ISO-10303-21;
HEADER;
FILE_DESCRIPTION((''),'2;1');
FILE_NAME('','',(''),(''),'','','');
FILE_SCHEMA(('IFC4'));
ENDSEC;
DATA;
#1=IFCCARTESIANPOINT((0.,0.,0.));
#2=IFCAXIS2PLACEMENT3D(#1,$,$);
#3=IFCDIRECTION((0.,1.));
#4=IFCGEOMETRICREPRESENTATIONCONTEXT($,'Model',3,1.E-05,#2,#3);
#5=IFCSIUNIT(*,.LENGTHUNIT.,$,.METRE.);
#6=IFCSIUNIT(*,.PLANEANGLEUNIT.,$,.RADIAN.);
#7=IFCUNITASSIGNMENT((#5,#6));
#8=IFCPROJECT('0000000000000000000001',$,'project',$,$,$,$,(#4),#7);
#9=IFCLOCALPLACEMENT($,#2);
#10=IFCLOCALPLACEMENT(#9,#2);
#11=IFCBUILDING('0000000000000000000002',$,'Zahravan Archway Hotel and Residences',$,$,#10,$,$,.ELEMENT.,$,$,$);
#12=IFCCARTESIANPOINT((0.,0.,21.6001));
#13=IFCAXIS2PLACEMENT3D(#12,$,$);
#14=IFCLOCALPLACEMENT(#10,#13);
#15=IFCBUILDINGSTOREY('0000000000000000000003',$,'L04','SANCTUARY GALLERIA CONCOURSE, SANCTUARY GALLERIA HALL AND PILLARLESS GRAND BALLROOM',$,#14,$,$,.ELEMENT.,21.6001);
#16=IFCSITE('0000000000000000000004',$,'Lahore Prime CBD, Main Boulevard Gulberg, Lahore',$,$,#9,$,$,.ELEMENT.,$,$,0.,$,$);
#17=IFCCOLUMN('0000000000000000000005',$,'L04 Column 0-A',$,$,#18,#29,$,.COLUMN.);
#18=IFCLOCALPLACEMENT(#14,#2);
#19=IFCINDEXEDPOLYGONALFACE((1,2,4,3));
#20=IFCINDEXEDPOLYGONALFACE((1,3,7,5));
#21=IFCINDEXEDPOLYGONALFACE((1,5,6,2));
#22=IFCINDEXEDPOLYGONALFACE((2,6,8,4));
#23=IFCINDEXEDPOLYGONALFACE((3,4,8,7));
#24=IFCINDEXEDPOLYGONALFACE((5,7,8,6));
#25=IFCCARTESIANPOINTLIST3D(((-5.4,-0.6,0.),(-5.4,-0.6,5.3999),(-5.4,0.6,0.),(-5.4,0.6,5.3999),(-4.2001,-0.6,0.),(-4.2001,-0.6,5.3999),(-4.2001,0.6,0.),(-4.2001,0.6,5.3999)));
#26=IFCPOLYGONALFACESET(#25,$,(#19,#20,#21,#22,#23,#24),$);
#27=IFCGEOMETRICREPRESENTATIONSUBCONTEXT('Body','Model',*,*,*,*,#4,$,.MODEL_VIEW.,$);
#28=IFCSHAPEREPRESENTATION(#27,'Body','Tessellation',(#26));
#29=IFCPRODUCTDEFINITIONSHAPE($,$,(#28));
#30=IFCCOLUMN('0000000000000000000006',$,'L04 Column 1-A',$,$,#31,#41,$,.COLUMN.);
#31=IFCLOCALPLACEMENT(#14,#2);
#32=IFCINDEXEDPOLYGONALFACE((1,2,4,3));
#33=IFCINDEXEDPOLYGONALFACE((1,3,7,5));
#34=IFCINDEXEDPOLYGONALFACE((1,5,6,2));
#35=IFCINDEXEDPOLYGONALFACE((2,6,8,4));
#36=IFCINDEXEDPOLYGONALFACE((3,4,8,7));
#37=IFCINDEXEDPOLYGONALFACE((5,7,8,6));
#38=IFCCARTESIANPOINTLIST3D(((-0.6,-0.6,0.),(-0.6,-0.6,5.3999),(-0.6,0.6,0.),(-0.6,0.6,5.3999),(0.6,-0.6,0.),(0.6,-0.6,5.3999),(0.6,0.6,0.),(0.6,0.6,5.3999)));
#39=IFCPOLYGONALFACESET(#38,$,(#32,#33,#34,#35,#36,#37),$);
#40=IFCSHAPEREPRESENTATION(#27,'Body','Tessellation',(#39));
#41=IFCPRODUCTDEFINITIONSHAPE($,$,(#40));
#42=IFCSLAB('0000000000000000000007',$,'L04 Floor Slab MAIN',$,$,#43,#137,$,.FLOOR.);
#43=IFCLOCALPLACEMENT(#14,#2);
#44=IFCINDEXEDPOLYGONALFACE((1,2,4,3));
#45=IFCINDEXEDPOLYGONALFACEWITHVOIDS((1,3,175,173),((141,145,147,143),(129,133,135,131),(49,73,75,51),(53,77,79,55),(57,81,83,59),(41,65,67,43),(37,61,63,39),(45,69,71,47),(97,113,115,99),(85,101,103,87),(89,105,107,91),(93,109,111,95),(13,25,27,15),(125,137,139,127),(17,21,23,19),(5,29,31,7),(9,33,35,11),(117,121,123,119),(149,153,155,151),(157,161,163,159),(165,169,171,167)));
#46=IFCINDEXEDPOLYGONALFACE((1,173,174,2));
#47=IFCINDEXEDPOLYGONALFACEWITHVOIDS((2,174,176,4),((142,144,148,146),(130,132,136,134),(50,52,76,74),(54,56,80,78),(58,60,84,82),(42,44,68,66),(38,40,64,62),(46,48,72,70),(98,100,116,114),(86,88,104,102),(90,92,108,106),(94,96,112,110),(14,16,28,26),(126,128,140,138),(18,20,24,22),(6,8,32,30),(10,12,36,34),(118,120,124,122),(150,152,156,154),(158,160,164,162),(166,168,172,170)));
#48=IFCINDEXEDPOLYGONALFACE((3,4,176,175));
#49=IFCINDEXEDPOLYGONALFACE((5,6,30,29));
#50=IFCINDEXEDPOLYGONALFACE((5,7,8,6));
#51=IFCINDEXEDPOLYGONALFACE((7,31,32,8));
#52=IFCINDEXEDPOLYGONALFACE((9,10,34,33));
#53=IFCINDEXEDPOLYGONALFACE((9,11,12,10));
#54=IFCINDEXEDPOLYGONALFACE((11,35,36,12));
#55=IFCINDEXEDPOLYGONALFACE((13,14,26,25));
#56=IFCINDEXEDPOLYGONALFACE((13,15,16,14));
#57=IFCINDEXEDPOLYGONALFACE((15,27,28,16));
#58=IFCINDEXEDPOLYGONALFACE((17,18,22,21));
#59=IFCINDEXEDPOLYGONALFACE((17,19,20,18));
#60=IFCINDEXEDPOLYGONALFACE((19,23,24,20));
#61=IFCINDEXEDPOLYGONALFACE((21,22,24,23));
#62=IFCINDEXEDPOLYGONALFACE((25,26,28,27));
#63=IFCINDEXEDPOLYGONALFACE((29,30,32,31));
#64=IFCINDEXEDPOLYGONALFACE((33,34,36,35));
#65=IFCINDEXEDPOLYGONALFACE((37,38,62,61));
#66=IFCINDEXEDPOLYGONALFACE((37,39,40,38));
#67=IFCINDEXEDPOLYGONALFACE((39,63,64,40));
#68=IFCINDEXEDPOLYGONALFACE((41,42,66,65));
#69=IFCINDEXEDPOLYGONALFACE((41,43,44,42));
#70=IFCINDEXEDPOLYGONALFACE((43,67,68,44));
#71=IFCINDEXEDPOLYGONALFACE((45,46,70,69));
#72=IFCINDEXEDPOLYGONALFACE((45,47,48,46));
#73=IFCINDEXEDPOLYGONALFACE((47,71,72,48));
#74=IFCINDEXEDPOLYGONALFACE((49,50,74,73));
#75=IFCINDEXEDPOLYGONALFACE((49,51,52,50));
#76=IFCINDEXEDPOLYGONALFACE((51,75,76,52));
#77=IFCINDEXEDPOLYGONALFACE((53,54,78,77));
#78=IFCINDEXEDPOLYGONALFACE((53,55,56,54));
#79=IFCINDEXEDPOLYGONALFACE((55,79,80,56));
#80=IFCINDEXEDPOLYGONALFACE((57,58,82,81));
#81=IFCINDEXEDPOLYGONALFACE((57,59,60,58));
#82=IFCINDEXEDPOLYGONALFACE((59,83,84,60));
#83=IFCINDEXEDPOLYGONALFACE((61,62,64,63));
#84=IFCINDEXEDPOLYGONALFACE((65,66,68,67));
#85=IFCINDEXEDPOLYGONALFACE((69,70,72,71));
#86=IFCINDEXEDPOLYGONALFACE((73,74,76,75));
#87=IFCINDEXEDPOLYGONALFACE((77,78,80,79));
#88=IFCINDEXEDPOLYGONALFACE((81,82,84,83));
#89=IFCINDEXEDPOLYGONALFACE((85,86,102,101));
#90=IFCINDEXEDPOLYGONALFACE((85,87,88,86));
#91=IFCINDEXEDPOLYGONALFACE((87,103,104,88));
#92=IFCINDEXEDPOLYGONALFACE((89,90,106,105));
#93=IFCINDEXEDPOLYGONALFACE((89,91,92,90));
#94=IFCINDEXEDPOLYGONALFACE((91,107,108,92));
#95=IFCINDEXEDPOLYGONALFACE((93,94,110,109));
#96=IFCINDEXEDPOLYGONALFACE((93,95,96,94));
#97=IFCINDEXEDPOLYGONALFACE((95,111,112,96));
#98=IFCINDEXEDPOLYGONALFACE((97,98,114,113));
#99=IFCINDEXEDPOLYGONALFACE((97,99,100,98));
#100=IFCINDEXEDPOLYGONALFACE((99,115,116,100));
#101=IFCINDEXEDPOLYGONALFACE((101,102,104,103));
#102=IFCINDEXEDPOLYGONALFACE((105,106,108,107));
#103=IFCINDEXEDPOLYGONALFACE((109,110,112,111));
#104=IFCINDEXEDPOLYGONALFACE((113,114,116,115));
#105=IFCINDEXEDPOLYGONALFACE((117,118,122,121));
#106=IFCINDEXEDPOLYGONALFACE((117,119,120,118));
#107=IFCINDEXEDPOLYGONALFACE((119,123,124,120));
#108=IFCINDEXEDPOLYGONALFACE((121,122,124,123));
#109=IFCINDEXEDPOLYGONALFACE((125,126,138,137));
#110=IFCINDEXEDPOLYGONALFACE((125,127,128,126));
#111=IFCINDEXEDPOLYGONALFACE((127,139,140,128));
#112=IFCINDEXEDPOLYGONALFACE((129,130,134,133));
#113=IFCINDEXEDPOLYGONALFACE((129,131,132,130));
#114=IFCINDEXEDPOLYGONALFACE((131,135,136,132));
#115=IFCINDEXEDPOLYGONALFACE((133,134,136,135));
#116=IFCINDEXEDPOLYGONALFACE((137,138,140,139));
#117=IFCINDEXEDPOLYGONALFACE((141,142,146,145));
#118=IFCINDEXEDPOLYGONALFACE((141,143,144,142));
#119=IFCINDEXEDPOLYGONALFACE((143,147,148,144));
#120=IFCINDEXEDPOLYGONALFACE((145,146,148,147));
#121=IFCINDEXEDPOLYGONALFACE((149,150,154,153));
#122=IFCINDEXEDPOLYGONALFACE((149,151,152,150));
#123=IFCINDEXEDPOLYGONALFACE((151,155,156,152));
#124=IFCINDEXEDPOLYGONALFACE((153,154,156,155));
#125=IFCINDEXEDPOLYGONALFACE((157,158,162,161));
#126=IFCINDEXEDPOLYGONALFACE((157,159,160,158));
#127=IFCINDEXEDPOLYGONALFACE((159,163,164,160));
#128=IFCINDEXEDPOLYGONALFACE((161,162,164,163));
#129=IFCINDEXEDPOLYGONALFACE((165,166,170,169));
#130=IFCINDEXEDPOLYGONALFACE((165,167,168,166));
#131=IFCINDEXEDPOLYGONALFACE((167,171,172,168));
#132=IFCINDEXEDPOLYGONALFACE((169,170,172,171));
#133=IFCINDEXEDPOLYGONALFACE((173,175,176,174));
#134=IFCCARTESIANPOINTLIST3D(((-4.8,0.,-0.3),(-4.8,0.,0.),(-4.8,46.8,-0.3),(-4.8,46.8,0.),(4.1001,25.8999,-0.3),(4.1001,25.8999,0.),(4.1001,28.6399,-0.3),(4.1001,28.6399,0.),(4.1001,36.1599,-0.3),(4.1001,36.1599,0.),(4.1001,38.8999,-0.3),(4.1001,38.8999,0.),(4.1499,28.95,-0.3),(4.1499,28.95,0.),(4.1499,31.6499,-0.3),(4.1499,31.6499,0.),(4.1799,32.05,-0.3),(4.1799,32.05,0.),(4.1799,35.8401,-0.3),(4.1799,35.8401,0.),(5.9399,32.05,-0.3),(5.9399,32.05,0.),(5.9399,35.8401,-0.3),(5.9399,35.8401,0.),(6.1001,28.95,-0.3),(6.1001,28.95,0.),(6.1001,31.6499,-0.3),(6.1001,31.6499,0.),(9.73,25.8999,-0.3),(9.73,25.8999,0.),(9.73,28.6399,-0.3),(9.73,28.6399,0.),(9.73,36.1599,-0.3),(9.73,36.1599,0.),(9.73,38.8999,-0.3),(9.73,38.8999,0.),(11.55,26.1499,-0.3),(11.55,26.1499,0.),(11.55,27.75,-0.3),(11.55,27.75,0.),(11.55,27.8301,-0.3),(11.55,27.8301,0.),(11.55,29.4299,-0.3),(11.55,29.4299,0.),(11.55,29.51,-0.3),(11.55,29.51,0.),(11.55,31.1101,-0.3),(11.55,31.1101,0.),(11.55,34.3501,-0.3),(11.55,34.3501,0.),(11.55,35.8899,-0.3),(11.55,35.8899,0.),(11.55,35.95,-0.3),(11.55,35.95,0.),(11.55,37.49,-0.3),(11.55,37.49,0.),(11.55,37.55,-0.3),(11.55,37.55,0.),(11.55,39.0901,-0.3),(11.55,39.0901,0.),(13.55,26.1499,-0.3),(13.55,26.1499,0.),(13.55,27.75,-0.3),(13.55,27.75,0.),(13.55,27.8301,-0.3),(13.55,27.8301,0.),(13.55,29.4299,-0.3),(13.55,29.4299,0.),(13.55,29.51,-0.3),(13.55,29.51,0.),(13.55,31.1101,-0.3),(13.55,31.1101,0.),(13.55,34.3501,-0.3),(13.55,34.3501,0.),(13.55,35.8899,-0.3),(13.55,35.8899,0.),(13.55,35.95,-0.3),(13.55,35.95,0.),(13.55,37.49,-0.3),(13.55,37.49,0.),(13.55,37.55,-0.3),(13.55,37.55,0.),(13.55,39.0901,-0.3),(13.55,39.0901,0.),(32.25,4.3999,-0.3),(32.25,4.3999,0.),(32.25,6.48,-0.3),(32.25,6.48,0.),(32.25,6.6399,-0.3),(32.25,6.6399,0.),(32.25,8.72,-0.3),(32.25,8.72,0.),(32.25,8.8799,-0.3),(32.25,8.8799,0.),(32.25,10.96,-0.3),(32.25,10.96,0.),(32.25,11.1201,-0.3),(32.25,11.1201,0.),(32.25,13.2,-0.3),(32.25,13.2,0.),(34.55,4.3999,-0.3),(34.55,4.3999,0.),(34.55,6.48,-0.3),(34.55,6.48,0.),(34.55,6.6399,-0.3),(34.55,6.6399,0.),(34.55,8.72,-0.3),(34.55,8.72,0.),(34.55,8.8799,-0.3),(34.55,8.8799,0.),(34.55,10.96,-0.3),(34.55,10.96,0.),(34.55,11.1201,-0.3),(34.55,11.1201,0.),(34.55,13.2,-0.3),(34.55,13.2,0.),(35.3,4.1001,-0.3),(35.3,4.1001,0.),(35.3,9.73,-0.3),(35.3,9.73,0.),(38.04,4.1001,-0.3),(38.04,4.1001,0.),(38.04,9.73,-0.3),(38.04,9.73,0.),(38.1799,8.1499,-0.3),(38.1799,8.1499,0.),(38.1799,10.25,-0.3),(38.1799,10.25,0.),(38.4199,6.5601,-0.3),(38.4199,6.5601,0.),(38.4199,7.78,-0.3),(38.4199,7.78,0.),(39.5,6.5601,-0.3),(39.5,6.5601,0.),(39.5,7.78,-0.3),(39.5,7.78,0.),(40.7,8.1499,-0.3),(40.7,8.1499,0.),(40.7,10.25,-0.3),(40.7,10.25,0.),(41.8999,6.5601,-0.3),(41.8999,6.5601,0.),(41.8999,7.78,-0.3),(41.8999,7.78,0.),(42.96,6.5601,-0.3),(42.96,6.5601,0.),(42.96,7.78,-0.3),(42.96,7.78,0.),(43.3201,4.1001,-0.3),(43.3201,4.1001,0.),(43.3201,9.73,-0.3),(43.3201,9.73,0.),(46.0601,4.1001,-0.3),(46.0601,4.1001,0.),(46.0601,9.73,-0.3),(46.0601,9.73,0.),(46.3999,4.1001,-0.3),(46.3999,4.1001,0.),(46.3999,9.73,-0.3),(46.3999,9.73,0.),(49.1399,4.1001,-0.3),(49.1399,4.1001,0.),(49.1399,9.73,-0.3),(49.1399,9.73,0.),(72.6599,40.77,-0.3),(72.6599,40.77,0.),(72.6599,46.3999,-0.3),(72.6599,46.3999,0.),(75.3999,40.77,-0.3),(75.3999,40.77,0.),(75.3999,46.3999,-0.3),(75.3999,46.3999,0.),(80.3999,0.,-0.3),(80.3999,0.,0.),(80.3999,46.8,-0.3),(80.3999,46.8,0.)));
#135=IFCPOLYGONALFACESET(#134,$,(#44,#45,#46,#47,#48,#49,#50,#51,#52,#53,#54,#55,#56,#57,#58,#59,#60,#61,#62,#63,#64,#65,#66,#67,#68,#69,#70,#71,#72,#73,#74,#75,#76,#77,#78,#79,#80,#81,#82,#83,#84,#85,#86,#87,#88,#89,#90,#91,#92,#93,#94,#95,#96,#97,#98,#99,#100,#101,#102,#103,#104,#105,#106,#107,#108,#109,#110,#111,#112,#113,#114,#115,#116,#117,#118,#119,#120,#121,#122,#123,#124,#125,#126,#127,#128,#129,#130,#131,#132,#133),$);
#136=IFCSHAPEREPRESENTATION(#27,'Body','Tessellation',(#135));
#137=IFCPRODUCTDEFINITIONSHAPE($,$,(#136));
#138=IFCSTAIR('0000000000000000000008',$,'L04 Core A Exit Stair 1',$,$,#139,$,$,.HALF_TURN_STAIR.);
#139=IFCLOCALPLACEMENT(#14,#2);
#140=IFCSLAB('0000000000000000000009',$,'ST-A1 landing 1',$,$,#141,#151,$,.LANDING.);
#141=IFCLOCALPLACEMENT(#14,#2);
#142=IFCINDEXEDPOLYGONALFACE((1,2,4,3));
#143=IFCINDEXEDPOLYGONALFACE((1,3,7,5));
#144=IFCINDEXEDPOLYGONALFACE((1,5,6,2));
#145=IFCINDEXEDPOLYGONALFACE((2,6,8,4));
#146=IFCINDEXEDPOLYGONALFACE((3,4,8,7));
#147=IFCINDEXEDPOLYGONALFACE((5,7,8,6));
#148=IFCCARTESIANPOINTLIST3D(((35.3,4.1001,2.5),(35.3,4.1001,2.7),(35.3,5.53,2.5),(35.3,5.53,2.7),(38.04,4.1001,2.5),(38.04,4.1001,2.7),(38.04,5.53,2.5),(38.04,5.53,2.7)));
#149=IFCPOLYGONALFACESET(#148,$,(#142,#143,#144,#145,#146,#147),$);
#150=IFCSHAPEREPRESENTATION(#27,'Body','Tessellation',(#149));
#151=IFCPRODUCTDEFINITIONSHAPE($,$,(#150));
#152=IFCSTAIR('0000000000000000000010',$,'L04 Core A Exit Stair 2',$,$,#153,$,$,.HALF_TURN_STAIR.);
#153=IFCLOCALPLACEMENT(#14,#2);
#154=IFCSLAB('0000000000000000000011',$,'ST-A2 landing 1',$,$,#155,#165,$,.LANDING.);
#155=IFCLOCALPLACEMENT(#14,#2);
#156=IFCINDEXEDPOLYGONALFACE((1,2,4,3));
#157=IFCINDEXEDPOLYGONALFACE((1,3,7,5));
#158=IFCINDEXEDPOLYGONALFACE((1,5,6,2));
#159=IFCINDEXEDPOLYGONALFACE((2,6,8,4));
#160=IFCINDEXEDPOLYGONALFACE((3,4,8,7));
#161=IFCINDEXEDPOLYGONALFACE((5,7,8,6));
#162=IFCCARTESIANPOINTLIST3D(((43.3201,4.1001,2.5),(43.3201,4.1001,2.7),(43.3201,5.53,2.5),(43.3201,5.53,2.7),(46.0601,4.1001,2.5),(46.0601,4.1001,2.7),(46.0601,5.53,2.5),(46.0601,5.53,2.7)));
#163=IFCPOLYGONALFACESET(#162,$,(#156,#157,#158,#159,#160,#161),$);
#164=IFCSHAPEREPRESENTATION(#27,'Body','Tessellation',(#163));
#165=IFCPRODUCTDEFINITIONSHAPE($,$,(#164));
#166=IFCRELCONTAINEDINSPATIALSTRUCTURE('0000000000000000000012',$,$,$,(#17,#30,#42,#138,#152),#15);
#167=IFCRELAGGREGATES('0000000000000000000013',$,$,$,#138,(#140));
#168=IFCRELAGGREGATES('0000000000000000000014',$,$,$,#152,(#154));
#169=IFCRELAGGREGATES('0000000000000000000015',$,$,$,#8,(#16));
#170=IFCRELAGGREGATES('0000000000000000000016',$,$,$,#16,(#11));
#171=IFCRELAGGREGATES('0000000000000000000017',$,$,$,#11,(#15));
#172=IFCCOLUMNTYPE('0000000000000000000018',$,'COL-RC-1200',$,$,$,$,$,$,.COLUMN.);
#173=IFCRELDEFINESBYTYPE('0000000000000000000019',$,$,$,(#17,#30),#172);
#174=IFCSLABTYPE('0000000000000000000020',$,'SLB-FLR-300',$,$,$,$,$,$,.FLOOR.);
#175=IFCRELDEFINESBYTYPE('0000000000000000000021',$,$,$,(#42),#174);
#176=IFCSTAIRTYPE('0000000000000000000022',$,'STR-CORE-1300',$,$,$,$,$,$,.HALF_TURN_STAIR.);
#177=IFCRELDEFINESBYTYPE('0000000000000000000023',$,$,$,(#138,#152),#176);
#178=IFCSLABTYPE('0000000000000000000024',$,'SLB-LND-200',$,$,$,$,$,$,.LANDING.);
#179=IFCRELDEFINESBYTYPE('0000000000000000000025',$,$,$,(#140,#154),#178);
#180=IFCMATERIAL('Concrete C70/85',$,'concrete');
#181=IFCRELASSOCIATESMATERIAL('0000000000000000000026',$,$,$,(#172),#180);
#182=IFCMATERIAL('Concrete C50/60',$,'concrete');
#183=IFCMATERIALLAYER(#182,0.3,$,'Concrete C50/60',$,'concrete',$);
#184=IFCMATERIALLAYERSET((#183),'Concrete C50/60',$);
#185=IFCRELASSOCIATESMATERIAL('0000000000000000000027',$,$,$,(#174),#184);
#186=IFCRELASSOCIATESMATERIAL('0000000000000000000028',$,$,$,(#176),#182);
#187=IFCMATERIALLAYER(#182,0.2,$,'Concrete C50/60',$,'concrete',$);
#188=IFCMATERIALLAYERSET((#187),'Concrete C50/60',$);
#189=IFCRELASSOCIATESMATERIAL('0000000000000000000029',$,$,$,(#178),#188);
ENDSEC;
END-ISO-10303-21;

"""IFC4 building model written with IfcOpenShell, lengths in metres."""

from ifc_helpers import new_model, si_unit, direction, frame, origin, origin_2d, place, context, subcontext, project, spatial, polyline, rectangle, outline, extrude, source, transform, mapped, material, layer, layer_set, material_profile, profile_set, type_object, element, aggregate, save


model = new_model("IFC4")

# Units and contexts
model_context = context("Model", 3, precision=1e-05, world=origin(), true_north=direction((0.0, 1.0)))
body_context = subcontext(model_context, "Body", "Model", "MODEL_VIEW")
ifc_project = project(units=[si_unit("LENGTHUNIT", "METRE"), si_unit("PLANEANGLEUNIT", "RADIAN")], contexts=[model_context])

# Site, building, storey
site_placement = place(None, origin())
site = spatial("IfcSite", under=ifc_project, at=site_placement, Name="Lahore Prime CBD, Main Boulevard Gulberg, Lahore", CompositionType="ELEMENT", RefElevation=0.0)
building_placement = place(site_placement, origin())
building = spatial("IfcBuilding", under=site, at=building_placement, Name="Zahravan Archway Hotel and Residences", CompositionType="ELEMENT")
storey_placement = place(building_placement, frame((0.0, 0.0, 21.6001)))
storey = spatial("IfcBuildingStorey", under=building, at=storey_placement, Name="L04", Description="SANCTUARY GALLERIA CONCOURSE, SANCTUARY GALLERIA HALL AND PILLARLESS GRAND BALLROOM", CompositionType="ELEMENT", Elevation=21.6001)

# Columns
ifc_material_1 = material(Name="Concrete C70/85", Category="concrete")
ifc_material_profile = material_profile(ifc_material_1, rectangle(XDim=1.2, YDim=1.2, at=origin_2d()), Name="RC-COL-1200x1200", Category="concrete")
ifc_profile_set = profile_set([ifc_material_profile], Name="Concrete C70/85")
column_type = type_object("IfcColumnType", Name="COL-RC-1200", PredefinedType="COLUMN", material=ifc_profile_set)
shared_shape_1 = source(origin(), body_context, "Body", "SweptSolid", [
    extrude(rectangle(XDim=1.2, YDim=1.2, at=origin_2d()), origin(), (0.0, 0.0, 1.0), 5.3999),
])
for number, where, z_axis, x_axis, name in (
    (1, (-4.8, 0.0, 0.0), (0.0, 0.0, 1.0), (1.0, 0.0, 0.0), "L04 Column 0-A"),
    (2, (0.0, 0.0, 0.0), (0.0, 0.0, 1.0), (1.0, 0.0, 0.0), "L04 Column 1-A"),
):
    element("IfcColumn", number, at=place(storey_placement, frame(where, z_axis=z_axis, x_axis=x_axis)), inside=storey, type_object=column_type, Name=name, PredefinedType="COLUMN", context=body_context, shape_type="MappedRepresentation", body=[
        mapped(shared_shape_1, transform((0.0, 0.0, 0.0), scale=1.0)),
    ])

# Slab
ifc_material_2 = material(Name="Concrete C50/60", Category="concrete")
ifc_layer_1 = layer(ifc_material_2, 0.3, Name="Concrete C50/60", Category="concrete")
ifc_layer_set_1 = layer_set([ifc_layer_1], Name="Concrete C50/60")
slab_type_1 = type_object("IfcSlabType", Name="SLB-FLR-300", PredefinedType="FLOOR", material=ifc_layer_set_1)
slab_1_placement = place(storey_placement, frame((0.0, 0.0, -0.3)))
element("IfcSlab", 3, at=slab_1_placement, inside=storey, type_object=slab_type_1, Name="L04 Floor Slab MAIN", PredefinedType="FLOOR", context=body_context, shape_type="SweptSolid", body=[
    extrude(outline(polyline([(-4.8, 0.0), (80.3999, 0.0), (80.3999, 46.8), (-4.8, 46.8), (-4.8, 0.0)]), holes=[polyline([(35.3, 9.73), (35.3, 4.1001), (38.04, 4.1001), (38.04, 9.73), (35.3, 9.73)]), polyline([(43.3201, 9.73), (43.3201, 4.1001), (46.0601, 4.1001), (46.0601, 9.73), (43.3201, 9.73)]), polyline([(46.3999, 9.73), (46.3999, 4.1001), (49.1399, 4.1001), (49.1399, 9.73), (46.3999, 9.73)]), polyline([(9.73, 28.6399), (4.1001, 28.6399), (4.1001, 25.8999), (9.73, 25.8999), (9.73, 28.6399)]), polyline([(9.73, 38.8999), (4.1001, 38.8999), (4.1001, 36.1599), (9.73, 36.1599), (9.73, 38.8999)]), polyline([(75.3999, 40.77), (75.3999, 46.3999), (72.6599, 46.3999), (72.6599, 40.77), (75.3999, 40.77)]), polyline([(38.1799, 8.1499), (40.7, 8.1499), (40.7, 10.25), (38.1799, 10.25), (38.1799, 8.1499)]), polyline([(4.1499, 28.95), (6.1001, 28.95), (6.1001, 31.6499), (4.1499, 31.6499), (4.1499, 28.95)]), polyline([(11.55, 26.1499), (13.55, 26.1499), (13.55, 27.75), (11.55, 27.75), (11.55, 26.1499)]), polyline([(11.55, 27.8301), (13.55, 27.8301), (13.55, 29.4299), (11.55, 29.4299), (11.55, 27.8301)]), polyline([(11.55, 29.51), (13.55, 29.51), (13.55, 31.1101), (11.55, 31.1101), (11.55, 29.51)]), polyline([(11.55, 34.3501), (13.55, 34.3501), (13.55, 35.8899), (11.55, 35.8899), (11.55, 34.3501)]), polyline([(11.55, 35.95), (13.55, 35.95), (13.55, 37.49), (11.55, 37.49), (11.55, 35.95)]), polyline([(11.55, 37.55), (13.55, 37.55), (13.55, 39.0901), (11.55, 39.0901), (11.55, 37.55)]), polyline([(32.25, 4.3999), (34.55, 4.3999), (34.55, 6.48), (32.25, 6.48), (32.25, 4.3999)]), polyline([(32.25, 6.6399), (34.55, 6.6399), (34.55, 8.72), (32.25, 8.72), (32.25, 6.6399)]), polyline([(32.25, 8.8799), (34.55, 8.8799), (34.55, 10.96), (32.25, 10.96), (32.25, 8.8799)]), polyline([(32.25, 11.1201), (34.55, 11.1201), (34.55, 13.2), (32.25, 13.2), (32.25, 11.1201)]), polyline([(38.4199, 6.5601), (39.5, 6.5601), (39.5, 7.78), (38.4199, 7.78), (38.4199, 6.5601)]), polyline([(41.8999, 6.5601), (42.96, 6.5601), (42.96, 7.78), (41.8999, 7.78), (41.8999, 6.5601)]), polyline([(4.1799, 32.05), (5.9399, 32.05), (5.9399, 35.8401), (4.1799, 35.8401), (4.1799, 32.05)])]), origin(), (0.0, 0.0, 1.0), 0.3),
])

# Stairs, slabs
stair_type = type_object("IfcStairType", Name="STR-CORE-1300", PredefinedType="HALF_TURN_STAIR", material=ifc_material_2)
stair_1_placement = place(storey_placement, origin())
stair_1 = element("IfcStair", 4, at=stair_1_placement, inside=storey, type_object=stair_type, Name="L04 Core A Exit Stair 1", PredefinedType="HALF_TURN_STAIR")
ifc_layer_2 = layer(ifc_material_2, 0.2, Name="Concrete C50/60", Category="concrete")
ifc_layer_set_2 = layer_set([ifc_layer_2], Name="Concrete C50/60")
slab_type_2 = type_object("IfcSlabType", Name="SLB-LND-200", PredefinedType="LANDING", material=ifc_layer_set_2)
slab_2_placement = place(storey_placement, frame((0.0, 0.0, 2.5)))
slab_2 = element("IfcSlab", 5, at=slab_2_placement, type_object=slab_type_2, Name="ST-A1 landing 1", PredefinedType="LANDING", context=body_context, shape_type="SweptSolid", body=[
    extrude(outline(polyline([(35.3, 5.53), (35.3, 4.1001), (38.04, 4.1001), (38.04, 5.53), (35.3, 5.53)])), origin(), (0.0, 0.0, 1.0), 0.2),
])
aggregate(stair_1, [slab_2])
stair_2_placement = place(storey_placement, origin())
stair_2 = element("IfcStair", 6, at=stair_2_placement, inside=storey, type_object=stair_type, Name="L04 Core A Exit Stair 2", PredefinedType="HALF_TURN_STAIR")
slab_3_placement = place(storey_placement, frame((0.0, 0.0, 2.5)))
slab_3 = element("IfcSlab", 7, at=slab_3_placement, type_object=slab_type_2, Name="ST-A2 landing 1", PredefinedType="LANDING", context=body_context, shape_type="SweptSolid", body=[
    extrude(outline(polyline([(43.3201, 5.53), (43.3201, 4.1001), (46.0601, 4.1001), (46.0601, 5.53), (43.3201, 5.53)])), origin(), (0.0, 0.0, 1.0), 0.2),
])
aggregate(stair_2, [slab_3])

save(model, "model.ifc")
